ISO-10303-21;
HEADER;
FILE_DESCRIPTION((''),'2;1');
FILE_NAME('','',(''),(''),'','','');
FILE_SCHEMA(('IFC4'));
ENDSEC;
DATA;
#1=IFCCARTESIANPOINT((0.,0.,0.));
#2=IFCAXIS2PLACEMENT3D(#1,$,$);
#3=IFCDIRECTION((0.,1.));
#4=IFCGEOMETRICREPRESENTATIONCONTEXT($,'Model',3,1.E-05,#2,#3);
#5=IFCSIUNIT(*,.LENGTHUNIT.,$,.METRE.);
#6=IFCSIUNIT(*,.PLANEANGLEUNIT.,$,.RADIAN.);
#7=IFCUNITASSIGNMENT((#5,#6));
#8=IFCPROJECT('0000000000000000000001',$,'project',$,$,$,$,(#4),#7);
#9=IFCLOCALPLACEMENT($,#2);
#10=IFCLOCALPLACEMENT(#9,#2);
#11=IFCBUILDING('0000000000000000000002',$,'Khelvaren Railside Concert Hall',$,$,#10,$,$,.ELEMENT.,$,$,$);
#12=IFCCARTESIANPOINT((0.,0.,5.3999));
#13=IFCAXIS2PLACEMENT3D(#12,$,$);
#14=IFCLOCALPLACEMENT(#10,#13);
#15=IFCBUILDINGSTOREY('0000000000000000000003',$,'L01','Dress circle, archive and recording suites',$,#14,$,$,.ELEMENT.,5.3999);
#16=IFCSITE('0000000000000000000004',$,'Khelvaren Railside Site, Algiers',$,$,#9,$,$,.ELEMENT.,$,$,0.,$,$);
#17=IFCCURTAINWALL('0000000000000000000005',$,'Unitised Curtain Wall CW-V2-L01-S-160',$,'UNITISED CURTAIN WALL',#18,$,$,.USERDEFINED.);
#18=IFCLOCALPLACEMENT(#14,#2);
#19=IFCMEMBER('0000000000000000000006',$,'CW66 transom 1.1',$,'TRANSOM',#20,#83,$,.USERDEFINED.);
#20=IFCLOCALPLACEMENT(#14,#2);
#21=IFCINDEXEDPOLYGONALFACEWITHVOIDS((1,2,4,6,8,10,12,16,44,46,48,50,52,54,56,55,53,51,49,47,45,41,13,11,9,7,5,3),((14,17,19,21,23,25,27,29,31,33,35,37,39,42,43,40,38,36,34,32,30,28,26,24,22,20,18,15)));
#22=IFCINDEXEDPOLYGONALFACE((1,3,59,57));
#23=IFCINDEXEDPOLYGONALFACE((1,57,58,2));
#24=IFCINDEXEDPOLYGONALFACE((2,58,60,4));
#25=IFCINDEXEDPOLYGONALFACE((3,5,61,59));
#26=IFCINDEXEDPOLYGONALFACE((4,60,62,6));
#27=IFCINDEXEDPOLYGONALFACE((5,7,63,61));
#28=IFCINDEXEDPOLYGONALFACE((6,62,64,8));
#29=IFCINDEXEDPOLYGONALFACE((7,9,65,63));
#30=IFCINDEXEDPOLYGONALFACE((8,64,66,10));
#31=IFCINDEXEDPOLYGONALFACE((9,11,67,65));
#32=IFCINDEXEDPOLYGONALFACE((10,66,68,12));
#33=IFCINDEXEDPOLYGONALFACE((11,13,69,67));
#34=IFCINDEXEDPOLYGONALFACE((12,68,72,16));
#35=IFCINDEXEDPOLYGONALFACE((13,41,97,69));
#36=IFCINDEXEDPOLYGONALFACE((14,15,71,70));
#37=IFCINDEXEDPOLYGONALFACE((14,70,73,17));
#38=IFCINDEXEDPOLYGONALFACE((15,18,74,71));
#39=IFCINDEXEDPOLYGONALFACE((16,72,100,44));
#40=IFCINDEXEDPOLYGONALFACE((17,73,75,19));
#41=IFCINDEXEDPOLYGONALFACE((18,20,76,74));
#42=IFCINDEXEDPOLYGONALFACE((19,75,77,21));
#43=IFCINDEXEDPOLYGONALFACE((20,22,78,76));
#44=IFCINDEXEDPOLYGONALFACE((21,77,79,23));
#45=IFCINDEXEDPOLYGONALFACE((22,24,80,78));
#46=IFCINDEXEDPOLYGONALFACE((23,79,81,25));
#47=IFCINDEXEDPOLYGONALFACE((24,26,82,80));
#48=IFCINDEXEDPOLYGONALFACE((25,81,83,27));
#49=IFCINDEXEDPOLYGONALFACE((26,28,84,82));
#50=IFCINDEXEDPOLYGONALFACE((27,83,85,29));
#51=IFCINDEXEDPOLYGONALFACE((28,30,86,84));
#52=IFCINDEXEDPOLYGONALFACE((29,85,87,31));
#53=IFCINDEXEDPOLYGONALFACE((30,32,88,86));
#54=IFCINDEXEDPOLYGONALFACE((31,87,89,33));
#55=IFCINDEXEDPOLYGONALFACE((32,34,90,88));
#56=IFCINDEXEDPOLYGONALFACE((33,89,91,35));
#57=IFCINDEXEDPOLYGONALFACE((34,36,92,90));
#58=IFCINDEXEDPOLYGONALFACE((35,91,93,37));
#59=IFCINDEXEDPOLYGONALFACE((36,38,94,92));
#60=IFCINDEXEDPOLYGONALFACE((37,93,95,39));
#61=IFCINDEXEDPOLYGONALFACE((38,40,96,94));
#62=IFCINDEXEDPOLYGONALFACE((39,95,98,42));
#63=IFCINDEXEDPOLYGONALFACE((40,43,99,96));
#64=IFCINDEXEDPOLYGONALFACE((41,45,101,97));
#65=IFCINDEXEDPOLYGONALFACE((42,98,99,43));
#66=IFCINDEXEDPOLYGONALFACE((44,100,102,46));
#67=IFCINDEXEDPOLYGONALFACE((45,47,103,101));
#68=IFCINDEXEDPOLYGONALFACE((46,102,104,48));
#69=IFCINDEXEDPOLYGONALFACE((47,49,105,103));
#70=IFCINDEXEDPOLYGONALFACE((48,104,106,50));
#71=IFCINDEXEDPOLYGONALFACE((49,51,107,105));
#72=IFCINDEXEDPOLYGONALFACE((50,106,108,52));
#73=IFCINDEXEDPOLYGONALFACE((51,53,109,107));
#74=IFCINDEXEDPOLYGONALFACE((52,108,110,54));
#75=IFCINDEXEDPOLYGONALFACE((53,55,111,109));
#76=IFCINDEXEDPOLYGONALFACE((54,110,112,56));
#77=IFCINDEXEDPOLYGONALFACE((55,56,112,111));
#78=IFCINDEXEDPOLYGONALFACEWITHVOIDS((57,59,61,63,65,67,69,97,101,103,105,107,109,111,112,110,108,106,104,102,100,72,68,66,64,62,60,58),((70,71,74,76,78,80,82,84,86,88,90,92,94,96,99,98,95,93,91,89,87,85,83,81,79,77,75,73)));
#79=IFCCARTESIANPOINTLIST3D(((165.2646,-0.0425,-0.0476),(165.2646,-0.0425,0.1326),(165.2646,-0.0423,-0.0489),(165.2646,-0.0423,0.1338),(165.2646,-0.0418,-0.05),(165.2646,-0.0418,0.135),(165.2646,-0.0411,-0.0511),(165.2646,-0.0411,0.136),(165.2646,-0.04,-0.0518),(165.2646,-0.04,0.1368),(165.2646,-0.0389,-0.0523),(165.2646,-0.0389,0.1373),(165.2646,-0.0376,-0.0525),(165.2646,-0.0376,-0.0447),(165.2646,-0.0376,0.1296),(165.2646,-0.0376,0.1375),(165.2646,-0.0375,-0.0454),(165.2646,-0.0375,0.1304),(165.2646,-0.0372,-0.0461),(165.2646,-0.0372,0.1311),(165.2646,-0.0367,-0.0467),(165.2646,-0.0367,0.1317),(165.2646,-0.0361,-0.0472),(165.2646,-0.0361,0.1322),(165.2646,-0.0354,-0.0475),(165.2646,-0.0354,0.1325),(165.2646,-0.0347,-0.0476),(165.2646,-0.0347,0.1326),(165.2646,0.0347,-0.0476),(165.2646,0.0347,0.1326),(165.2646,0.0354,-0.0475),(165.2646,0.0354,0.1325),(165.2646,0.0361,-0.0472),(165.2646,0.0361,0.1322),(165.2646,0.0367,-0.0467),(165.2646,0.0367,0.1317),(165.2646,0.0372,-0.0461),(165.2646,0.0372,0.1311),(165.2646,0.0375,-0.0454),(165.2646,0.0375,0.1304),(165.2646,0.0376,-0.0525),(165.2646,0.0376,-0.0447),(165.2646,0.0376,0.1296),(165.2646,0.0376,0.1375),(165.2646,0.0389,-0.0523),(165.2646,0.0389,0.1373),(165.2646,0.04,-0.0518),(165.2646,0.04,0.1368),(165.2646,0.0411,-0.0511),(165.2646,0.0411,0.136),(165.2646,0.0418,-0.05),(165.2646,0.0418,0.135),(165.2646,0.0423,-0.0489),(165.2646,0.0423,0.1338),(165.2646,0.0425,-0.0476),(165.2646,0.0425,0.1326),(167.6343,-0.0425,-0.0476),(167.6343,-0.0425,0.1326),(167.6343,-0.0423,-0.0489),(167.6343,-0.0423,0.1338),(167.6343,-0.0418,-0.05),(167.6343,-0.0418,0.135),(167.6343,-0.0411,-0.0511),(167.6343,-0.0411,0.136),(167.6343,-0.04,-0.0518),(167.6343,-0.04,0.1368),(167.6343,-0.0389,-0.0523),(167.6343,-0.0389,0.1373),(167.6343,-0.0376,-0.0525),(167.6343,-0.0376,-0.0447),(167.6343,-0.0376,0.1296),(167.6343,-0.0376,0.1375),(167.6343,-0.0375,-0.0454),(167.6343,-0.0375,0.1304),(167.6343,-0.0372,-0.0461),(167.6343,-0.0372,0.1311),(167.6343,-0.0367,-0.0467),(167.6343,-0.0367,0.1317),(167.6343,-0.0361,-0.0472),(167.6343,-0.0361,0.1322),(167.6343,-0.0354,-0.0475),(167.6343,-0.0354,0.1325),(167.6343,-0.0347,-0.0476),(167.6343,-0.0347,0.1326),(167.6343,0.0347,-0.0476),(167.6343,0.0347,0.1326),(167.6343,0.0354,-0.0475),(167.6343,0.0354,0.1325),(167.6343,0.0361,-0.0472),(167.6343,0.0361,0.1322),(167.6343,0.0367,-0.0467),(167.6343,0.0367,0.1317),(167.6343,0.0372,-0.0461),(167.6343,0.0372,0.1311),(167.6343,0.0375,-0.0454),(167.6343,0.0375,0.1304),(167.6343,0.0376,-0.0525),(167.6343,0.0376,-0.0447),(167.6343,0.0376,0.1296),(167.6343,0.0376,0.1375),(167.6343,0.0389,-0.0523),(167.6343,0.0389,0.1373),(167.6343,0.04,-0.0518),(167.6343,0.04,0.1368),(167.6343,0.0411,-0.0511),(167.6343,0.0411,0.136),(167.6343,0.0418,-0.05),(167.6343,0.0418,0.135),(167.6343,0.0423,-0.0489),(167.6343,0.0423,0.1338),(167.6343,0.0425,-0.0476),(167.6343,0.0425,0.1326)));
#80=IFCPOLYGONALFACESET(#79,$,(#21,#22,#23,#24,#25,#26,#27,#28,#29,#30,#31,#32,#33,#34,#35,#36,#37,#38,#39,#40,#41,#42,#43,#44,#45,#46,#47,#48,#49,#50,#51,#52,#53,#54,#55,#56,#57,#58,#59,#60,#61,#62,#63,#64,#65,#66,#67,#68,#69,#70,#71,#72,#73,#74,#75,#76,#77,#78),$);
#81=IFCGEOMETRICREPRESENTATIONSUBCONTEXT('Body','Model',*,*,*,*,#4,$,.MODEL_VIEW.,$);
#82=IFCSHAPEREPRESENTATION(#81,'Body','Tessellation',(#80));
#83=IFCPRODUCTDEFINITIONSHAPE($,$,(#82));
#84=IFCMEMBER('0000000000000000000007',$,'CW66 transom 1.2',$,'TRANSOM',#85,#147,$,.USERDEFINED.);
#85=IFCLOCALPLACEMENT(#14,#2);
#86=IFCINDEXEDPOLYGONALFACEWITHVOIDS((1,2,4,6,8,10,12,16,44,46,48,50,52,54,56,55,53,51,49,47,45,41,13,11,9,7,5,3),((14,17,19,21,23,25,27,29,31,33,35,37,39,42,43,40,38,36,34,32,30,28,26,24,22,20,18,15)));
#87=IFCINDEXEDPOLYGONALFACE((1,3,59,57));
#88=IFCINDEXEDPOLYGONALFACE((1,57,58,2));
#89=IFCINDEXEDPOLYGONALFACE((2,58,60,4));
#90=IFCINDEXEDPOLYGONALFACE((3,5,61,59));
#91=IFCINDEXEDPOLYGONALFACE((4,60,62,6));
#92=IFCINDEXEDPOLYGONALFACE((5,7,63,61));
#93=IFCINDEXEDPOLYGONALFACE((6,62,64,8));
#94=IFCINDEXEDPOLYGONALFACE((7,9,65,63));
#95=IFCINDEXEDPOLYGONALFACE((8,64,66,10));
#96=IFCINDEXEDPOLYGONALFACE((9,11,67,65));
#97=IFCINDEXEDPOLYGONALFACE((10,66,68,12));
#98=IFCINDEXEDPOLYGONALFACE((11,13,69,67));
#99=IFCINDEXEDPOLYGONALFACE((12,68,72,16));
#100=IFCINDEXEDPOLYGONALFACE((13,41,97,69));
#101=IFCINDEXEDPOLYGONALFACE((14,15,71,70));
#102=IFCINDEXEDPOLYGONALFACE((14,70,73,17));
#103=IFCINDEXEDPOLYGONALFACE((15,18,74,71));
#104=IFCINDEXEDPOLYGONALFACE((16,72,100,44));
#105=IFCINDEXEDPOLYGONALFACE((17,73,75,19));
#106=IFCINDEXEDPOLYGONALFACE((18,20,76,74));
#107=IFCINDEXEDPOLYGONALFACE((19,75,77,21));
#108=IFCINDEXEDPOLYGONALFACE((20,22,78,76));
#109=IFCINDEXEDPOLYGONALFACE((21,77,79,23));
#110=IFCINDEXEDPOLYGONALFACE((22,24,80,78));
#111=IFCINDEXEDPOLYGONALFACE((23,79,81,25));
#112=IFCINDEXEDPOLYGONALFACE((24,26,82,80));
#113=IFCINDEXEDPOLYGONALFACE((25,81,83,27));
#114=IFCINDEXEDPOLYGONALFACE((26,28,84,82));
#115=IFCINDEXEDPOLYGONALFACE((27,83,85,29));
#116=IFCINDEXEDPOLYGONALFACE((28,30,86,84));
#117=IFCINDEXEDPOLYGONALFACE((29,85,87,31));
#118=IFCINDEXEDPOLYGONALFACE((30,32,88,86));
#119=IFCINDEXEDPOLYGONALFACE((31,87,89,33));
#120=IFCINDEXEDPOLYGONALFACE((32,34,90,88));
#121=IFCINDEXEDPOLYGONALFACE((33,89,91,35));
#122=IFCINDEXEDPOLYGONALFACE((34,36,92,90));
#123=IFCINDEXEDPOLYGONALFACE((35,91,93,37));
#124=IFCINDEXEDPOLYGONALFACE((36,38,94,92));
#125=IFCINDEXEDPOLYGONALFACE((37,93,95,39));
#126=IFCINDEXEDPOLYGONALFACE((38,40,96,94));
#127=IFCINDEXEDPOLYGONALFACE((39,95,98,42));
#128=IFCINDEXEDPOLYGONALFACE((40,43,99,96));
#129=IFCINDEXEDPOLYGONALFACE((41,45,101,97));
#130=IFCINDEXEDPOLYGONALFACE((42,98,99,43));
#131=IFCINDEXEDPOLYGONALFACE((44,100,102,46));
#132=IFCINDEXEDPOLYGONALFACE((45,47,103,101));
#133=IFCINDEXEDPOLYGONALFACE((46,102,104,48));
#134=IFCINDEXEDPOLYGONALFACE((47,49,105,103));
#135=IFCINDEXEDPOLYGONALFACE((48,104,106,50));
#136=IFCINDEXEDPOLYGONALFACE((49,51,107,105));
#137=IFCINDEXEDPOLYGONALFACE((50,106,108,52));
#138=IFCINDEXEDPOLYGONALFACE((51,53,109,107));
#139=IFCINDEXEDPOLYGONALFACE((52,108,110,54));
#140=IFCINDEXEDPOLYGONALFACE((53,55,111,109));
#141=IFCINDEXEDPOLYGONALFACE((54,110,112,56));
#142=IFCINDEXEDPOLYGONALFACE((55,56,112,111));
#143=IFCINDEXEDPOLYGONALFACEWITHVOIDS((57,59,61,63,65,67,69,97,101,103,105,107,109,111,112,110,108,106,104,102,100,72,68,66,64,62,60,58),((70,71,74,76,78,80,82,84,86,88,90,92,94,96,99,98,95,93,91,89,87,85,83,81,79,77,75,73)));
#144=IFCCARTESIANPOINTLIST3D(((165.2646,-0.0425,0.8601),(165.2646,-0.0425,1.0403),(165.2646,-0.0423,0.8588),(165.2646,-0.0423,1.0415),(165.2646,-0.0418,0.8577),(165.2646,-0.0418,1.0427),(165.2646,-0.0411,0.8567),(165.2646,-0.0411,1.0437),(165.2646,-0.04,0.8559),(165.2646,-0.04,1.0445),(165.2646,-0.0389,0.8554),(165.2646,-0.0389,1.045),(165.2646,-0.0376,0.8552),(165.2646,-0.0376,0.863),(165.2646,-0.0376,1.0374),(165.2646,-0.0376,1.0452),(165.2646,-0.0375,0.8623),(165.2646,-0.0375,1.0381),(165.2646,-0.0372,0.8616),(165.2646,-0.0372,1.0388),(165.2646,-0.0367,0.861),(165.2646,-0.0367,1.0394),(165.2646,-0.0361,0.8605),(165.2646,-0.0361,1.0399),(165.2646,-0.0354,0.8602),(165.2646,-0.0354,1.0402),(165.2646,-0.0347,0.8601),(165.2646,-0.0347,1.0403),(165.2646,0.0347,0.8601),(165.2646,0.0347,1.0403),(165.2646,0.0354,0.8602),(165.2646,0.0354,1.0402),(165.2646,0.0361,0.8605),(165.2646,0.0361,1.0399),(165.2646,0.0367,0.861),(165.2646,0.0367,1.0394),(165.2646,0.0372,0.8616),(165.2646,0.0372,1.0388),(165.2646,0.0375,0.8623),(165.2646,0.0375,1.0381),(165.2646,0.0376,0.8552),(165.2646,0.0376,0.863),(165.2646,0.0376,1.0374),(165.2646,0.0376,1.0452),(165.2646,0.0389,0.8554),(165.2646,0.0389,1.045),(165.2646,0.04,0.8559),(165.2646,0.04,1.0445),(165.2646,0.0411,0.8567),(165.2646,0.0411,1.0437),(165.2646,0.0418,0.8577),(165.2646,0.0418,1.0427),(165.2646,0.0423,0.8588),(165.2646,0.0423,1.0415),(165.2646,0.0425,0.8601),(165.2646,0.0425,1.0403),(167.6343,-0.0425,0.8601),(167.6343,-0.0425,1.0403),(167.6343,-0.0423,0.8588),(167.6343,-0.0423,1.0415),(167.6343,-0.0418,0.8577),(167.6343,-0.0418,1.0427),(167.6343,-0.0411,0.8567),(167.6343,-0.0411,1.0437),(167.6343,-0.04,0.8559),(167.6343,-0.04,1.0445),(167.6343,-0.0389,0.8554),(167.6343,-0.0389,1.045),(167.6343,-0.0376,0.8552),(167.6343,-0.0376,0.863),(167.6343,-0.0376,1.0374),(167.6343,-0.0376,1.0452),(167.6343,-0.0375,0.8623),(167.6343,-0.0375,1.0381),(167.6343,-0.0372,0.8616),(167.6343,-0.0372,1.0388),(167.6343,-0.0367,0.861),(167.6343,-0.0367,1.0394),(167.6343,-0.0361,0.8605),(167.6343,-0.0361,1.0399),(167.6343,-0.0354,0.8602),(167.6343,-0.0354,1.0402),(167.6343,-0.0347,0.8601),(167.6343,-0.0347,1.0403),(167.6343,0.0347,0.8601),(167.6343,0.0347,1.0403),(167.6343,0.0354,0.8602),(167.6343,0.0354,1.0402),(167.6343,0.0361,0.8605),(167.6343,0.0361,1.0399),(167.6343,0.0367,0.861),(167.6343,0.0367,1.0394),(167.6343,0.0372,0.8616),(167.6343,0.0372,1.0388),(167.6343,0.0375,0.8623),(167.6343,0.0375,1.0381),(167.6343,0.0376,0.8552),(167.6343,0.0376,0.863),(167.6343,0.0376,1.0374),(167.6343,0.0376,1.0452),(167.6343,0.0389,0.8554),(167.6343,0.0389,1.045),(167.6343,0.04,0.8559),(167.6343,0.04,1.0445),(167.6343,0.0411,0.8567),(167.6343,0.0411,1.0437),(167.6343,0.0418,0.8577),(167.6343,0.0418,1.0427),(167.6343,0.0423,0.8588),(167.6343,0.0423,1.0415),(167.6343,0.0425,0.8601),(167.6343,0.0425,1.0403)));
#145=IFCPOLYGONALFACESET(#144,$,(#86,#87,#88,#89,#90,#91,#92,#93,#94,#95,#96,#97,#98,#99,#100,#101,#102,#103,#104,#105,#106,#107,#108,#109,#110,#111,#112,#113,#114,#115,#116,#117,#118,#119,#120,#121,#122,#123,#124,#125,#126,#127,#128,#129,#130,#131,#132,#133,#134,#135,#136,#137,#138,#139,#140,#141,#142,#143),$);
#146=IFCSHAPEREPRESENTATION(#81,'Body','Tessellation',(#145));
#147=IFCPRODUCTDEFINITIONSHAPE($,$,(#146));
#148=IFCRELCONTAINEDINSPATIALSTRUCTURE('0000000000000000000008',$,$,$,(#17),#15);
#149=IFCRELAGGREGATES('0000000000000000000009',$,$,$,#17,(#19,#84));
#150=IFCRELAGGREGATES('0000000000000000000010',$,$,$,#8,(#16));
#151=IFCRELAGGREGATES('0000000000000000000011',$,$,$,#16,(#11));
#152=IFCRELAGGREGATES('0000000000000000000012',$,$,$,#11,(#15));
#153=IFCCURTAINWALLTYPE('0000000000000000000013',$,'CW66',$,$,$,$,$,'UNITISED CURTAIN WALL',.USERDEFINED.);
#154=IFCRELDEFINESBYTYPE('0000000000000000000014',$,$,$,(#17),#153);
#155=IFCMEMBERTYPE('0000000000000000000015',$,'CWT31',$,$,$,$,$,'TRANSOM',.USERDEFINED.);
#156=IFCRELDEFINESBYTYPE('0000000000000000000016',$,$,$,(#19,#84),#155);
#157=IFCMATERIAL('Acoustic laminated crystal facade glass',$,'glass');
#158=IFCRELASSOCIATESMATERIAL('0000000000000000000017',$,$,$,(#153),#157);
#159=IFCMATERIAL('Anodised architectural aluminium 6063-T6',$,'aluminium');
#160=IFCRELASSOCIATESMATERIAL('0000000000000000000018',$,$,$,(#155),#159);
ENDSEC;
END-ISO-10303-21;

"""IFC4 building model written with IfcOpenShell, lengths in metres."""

from ifc_helpers import new_model, si_unit, direction, frame, origin, origin_2d, place, context, subcontext, project, spatial, hollow_rectangle, extrude, material, material_profile, profile_set, type_object, element, aggregate, save


model = new_model("IFC4")

# Units and contexts
model_context = context("Model", 3, precision=1e-05, world=origin(), true_north=direction((0.0, 1.0)))
body_context = subcontext(model_context, "Body", "Model", "MODEL_VIEW")
ifc_project = project(units=[si_unit("LENGTHUNIT", "METRE"), si_unit("PLANEANGLEUNIT", "RADIAN")], contexts=[model_context])

# Site, building, storey
site_placement = place(None, origin())
site = spatial("IfcSite", under=ifc_project, at=site_placement, Name="Khelvaren Railside Site, Algiers", CompositionType="ELEMENT", RefElevation=0.0)
building_placement = place(site_placement, origin())
building = spatial("IfcBuilding", under=site, at=building_placement, Name="Khelvaren Railside Concert Hall", CompositionType="ELEMENT")
storey_placement = place(building_placement, frame((0.0, 0.0, 5.3999)))
storey = spatial("IfcBuildingStorey", under=building, at=storey_placement, Name="L01", Description="Dress circle, archive and recording suites", CompositionType="ELEMENT", Elevation=5.3999)

# Curtain wall
ifc_material_1 = material(Name="Acoustic laminated crystal facade glass", Category="glass")
curtain_wall_type_1 = type_object("IfcCurtainWallType", Name="CW66", ElementType="UNITISED CURTAIN WALL", PredefinedType="USERDEFINED", material=ifc_material_1)
curtain_wall_1_placement = place(storey_placement, origin())
curtain_wall_1 = element("IfcCurtainWall", 1, at=curtain_wall_1_placement, inside=storey, type_object=curtain_wall_type_1, Name="Unitised Curtain Wall CW-V2-L01-S-160", ObjectType="UNITISED CURTAIN WALL", PredefinedType="USERDEFINED")
ifc_material_2 = material(Name="Anodised architectural aluminium 6063-T6", Category="aluminium")

# Members
ifc_material_profile_1 = material_profile(ifc_material_2, hollow_rectangle(XDim=0.085, YDim=0.1899, WallThickness=0.0049, InnerFilletRadius=0.0029, OuterFilletRadius=0.0049, at=origin_2d()), Name="CWT 85x190x5")
ifc_profile_set_1 = profile_set([ifc_material_profile_1], Name="Anodised architectural aluminium 6063-T6")
member_type_1 = type_object("IfcMemberType", Name="CWT31", ElementType="TRANSOM", PredefinedType="USERDEFINED", material=ifc_profile_set_1)
member_1_placement = place(storey_placement, frame((167.6343, 0.0, 0.0425), z_axis=(-1.0, 0.0, 0.0), x_axis=(0.0, -1.0, 0.0)))
member_1 = element("IfcMember", 2, at=member_1_placement, type_object=member_type_1, Name="CW66 transom 1.1", ObjectType="TRANSOM", PredefinedType="USERDEFINED", context=body_context, shape_type="SweptSolid", body=[
    extrude(hollow_rectangle(XDim=0.085, YDim=0.1899, WallThickness=0.0049, InnerFilletRadius=0.0029, OuterFilletRadius=0.0049, at=origin_2d()), origin(), (0.0, 0.0, 1.0), 2.3696),
])
member_2_placement = place(storey_placement, frame((167.6343, 0.0, 0.9502), z_axis=(-1.0, 0.0, 0.0), x_axis=(0.0, -1.0, 0.0)))
member_2 = element("IfcMember", 3, at=member_2_placement, type_object=member_type_1, Name="CW66 transom 1.2", ObjectType="TRANSOM", PredefinedType="USERDEFINED", context=body_context, shape_type="SweptSolid", body=[
    extrude(hollow_rectangle(XDim=0.085, YDim=0.1899, WallThickness=0.0049, InnerFilletRadius=0.0029, OuterFilletRadius=0.0049, at=origin_2d()), origin(), (0.0, 0.0, 1.0), 2.3696),
])

aggregate(curtain_wall_1, [member_1, member_2])

save(model, "model.ifc")
